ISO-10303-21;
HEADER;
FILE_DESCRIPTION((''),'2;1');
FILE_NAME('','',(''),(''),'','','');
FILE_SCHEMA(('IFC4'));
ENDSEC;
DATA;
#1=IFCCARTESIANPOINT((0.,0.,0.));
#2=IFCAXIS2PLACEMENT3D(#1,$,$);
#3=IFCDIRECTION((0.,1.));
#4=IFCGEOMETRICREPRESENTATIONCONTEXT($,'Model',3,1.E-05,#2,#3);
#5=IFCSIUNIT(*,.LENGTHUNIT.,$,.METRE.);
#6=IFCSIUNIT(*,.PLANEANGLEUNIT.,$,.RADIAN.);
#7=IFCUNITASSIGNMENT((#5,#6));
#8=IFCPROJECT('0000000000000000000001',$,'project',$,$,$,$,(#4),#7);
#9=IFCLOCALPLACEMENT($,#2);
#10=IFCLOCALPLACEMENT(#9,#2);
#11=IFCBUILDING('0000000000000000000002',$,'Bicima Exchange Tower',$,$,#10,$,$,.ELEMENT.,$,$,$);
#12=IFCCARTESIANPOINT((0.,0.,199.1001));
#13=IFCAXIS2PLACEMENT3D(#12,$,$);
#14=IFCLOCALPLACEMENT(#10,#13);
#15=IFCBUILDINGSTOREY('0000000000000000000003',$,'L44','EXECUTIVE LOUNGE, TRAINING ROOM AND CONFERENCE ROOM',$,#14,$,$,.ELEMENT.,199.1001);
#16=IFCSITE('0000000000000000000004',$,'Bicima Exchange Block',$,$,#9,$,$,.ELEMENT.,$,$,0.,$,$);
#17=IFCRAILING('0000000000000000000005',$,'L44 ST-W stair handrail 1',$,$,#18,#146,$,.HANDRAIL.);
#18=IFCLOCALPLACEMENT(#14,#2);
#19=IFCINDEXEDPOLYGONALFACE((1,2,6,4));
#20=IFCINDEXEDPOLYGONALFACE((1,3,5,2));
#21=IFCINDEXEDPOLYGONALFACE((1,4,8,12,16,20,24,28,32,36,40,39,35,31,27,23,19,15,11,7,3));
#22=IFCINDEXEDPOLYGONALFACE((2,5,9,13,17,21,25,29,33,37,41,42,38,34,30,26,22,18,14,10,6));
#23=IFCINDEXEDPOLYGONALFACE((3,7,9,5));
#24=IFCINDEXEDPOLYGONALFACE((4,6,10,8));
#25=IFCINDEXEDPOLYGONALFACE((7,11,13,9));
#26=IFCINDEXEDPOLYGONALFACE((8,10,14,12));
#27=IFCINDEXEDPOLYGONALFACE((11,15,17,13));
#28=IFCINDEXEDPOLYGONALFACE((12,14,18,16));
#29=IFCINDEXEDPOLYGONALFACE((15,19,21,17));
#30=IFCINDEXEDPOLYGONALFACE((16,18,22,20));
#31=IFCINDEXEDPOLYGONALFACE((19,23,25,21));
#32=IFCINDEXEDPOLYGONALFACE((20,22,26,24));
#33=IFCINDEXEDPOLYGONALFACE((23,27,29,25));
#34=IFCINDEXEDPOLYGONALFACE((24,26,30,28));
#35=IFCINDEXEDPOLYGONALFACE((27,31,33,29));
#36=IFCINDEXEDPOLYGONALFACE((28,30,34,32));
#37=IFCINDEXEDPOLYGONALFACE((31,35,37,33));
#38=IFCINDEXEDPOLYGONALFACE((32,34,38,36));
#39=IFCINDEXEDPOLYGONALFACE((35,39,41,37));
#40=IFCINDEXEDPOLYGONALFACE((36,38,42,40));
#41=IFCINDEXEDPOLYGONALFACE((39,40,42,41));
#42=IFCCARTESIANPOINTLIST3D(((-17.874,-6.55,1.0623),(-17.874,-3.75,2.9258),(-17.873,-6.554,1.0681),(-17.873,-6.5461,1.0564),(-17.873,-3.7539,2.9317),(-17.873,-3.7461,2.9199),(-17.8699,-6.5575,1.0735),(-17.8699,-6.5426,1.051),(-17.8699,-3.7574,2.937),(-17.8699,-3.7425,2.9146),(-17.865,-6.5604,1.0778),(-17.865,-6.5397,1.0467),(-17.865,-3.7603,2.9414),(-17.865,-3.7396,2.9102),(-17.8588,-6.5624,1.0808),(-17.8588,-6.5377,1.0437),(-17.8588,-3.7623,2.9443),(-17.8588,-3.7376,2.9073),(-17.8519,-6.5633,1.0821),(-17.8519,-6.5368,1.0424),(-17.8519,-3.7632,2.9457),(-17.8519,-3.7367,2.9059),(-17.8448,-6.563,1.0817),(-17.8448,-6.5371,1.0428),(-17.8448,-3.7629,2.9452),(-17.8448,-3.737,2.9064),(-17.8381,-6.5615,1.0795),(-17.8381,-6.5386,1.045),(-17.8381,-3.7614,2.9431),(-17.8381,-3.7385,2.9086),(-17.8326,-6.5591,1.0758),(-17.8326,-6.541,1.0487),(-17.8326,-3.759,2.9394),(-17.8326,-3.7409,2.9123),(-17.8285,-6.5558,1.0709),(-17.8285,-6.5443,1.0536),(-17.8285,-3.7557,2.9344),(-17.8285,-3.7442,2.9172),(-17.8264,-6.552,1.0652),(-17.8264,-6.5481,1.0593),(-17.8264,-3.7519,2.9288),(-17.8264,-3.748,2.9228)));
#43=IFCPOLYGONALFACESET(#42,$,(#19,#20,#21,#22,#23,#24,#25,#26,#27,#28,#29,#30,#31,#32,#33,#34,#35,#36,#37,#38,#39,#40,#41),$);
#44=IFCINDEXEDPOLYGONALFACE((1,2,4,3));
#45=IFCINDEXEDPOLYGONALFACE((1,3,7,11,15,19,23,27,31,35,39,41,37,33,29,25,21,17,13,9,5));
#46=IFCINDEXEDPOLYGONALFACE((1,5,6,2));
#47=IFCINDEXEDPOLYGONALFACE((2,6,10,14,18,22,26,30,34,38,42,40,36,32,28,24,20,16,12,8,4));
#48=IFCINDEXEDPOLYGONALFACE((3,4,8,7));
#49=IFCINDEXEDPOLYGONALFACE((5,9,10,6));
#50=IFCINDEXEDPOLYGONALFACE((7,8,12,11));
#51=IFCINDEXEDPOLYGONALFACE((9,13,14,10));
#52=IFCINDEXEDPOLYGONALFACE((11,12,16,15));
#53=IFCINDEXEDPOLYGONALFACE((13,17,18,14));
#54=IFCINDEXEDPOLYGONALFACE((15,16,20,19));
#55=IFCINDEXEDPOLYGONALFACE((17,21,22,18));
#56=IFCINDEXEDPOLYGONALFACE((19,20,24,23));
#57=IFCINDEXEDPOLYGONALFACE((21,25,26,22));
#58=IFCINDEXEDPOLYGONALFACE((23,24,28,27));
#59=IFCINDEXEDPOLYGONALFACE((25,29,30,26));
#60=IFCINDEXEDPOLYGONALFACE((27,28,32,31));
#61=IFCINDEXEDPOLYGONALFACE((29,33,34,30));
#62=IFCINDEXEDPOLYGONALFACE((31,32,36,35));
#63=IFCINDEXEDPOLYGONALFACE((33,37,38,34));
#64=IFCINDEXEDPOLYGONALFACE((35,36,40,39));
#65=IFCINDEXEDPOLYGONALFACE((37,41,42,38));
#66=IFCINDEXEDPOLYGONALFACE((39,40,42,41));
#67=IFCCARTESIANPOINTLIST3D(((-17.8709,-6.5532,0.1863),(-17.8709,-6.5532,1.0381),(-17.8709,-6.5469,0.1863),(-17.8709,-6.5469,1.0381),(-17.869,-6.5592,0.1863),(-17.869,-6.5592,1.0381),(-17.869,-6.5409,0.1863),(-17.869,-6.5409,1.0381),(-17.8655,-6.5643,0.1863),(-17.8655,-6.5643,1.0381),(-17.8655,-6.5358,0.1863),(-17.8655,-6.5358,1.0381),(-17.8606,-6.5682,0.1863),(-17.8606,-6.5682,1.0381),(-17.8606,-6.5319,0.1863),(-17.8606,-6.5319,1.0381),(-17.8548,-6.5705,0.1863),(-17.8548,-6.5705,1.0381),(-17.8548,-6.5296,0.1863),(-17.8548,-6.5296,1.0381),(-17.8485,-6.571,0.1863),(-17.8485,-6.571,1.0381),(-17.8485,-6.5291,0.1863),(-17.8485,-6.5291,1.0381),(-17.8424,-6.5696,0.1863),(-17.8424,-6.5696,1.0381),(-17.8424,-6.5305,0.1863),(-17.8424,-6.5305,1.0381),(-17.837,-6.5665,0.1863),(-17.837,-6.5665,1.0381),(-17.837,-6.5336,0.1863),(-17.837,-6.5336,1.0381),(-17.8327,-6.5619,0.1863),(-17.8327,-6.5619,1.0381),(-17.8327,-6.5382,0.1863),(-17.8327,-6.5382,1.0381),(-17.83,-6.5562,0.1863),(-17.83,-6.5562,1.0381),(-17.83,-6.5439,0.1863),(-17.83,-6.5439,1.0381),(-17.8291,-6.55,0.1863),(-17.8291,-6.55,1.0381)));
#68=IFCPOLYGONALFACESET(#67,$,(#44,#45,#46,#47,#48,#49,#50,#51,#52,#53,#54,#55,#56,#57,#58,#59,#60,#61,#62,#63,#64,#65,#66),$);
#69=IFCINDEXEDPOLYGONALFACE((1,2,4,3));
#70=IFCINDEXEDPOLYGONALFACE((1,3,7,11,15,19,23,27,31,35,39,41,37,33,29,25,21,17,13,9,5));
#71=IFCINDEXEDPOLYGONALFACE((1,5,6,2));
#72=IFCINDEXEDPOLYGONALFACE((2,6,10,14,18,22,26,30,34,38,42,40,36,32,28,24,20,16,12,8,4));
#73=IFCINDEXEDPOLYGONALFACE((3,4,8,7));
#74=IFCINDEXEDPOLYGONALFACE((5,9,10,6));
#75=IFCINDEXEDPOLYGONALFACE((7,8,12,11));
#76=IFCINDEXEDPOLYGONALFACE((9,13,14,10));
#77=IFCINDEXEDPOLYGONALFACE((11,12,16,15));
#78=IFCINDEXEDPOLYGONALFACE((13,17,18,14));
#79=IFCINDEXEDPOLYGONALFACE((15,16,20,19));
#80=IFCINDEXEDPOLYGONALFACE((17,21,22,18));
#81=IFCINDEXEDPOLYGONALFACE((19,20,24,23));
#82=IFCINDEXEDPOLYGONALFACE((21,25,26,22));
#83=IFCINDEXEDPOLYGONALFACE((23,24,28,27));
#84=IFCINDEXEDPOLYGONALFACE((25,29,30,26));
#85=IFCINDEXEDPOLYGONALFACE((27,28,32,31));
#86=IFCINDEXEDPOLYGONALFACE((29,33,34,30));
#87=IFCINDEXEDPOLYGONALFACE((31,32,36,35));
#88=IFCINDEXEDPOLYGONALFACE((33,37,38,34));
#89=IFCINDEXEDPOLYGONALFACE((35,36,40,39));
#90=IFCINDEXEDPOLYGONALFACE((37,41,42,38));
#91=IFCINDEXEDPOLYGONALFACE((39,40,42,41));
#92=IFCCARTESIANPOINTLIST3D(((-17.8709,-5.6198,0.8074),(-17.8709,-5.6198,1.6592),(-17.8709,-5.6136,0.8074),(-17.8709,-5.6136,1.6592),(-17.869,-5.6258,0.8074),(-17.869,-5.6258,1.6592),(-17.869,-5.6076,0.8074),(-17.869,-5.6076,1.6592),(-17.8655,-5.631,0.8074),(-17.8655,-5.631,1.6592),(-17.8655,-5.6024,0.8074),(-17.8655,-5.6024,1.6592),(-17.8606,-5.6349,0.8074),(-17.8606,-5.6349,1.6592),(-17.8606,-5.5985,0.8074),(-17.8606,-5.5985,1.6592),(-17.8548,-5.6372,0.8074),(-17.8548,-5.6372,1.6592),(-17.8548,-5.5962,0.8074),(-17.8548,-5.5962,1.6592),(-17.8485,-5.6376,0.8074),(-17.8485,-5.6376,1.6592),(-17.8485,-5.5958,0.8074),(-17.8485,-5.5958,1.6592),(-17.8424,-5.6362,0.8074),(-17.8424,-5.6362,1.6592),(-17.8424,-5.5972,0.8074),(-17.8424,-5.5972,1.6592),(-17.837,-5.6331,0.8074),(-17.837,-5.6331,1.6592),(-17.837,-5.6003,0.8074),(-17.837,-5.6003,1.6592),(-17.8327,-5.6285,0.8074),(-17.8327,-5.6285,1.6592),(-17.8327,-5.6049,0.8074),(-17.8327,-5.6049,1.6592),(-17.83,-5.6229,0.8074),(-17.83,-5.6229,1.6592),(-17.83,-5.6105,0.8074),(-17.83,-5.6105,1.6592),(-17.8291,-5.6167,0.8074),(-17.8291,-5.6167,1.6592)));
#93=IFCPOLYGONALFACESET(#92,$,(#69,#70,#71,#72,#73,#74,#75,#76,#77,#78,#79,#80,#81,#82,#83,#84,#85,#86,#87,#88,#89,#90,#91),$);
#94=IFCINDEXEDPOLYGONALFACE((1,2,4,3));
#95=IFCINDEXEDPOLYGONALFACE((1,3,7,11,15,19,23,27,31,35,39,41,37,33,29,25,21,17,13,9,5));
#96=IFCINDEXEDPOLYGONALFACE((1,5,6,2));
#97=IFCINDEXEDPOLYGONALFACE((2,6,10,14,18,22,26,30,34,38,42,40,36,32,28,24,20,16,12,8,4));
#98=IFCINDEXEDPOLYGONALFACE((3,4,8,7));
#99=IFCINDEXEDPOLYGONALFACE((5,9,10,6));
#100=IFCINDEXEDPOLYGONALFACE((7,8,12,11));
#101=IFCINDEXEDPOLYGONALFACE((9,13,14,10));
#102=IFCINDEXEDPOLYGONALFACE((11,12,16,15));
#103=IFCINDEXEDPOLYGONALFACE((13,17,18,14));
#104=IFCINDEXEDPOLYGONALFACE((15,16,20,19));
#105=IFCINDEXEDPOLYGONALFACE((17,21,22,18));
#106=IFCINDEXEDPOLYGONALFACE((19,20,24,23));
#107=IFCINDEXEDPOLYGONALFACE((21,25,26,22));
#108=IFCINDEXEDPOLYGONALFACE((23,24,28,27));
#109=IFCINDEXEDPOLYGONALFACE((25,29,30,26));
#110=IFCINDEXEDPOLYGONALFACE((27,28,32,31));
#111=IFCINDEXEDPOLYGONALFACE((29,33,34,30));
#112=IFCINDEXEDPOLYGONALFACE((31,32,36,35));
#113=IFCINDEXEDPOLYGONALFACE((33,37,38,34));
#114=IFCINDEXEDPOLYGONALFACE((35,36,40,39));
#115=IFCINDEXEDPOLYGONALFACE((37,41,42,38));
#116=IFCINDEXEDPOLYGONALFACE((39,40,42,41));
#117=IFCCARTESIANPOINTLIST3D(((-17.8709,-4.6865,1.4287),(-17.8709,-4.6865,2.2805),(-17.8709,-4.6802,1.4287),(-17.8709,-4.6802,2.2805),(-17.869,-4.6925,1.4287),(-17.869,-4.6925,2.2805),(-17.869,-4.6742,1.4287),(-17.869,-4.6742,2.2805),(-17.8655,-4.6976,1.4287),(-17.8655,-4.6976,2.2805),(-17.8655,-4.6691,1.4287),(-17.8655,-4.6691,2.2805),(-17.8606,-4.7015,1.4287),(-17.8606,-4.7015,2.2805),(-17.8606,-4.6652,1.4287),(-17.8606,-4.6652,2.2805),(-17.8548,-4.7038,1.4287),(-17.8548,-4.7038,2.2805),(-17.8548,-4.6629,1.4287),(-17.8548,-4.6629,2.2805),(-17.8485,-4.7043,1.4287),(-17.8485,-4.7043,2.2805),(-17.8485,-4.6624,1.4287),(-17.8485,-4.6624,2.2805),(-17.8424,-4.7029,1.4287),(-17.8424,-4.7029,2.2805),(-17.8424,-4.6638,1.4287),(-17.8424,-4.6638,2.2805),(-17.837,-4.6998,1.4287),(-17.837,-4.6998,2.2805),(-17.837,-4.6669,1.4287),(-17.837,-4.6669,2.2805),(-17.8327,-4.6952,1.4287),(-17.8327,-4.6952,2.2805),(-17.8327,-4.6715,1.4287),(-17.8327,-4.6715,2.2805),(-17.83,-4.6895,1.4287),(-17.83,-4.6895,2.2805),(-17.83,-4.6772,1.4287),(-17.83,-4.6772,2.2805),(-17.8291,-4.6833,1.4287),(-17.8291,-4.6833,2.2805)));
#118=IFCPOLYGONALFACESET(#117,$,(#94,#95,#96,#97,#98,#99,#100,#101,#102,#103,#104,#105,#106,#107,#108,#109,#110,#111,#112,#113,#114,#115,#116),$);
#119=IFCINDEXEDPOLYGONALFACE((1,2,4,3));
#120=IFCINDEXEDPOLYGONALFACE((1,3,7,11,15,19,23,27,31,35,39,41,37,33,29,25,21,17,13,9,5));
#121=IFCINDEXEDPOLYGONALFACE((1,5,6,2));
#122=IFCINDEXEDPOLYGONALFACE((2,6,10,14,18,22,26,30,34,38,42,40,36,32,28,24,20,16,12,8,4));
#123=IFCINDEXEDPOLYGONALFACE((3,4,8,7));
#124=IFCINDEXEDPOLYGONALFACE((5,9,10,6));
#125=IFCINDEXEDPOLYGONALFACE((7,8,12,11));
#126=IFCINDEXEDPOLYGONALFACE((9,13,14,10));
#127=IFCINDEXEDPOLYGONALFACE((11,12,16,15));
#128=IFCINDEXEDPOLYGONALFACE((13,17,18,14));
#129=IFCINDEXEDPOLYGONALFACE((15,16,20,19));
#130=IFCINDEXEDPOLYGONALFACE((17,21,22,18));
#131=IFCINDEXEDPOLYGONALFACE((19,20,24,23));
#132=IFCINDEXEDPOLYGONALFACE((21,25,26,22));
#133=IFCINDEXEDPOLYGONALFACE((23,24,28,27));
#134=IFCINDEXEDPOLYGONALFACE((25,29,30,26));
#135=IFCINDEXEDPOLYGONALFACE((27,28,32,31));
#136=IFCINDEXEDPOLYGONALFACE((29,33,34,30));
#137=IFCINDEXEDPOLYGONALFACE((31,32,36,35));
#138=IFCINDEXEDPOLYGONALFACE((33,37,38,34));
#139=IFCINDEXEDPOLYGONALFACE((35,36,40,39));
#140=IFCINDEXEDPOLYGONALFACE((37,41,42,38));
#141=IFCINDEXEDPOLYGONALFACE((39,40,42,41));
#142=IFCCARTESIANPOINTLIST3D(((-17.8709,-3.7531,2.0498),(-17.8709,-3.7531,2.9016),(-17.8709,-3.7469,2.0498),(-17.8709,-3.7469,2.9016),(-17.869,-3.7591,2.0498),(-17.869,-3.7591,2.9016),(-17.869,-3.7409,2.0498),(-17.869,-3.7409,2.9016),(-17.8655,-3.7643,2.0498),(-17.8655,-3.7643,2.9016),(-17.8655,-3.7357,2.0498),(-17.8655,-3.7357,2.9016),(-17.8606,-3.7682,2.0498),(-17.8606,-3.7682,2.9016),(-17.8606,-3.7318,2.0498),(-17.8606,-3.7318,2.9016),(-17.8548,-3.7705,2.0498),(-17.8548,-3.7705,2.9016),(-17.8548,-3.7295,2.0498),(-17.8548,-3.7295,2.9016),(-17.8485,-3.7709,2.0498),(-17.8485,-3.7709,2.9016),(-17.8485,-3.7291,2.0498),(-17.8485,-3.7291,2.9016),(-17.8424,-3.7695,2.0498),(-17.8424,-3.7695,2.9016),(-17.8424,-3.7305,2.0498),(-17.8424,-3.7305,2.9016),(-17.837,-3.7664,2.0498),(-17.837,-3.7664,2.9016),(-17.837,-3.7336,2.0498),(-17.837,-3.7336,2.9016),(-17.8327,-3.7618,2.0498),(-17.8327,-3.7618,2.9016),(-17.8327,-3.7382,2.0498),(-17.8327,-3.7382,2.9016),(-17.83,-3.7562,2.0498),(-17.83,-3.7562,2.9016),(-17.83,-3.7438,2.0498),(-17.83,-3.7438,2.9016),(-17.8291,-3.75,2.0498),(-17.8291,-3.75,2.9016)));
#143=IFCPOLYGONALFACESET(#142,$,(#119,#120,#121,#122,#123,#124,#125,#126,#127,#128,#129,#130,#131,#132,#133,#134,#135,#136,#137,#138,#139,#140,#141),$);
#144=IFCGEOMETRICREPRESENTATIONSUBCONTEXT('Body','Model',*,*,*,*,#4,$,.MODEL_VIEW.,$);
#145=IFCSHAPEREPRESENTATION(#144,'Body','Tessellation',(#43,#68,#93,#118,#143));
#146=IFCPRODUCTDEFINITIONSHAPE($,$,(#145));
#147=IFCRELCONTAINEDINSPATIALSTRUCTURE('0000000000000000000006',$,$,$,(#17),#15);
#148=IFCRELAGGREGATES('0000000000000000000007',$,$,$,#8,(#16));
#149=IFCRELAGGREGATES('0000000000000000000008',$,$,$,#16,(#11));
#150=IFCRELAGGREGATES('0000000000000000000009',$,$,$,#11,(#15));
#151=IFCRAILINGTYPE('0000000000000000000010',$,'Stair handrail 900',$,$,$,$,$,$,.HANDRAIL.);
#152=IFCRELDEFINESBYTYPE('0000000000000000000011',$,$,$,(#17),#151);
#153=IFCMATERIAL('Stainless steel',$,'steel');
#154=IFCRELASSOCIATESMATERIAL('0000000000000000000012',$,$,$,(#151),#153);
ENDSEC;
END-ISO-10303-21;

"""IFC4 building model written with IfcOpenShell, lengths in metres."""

from ifc_helpers import new_model, si_unit, direction, frame, origin, origin_2d, place, context, subcontext, project, spatial, circle, extrude, material, type_object, element, save


model = new_model("IFC4")

# Units and contexts
model_context = context("Model", 3, precision=1e-05, world=origin(), true_north=direction((0.0, 1.0)))
body_context = subcontext(model_context, "Body", "Model", "MODEL_VIEW")
ifc_project = project(units=[si_unit("LENGTHUNIT", "METRE"), si_unit("PLANEANGLEUNIT", "RADIAN")], contexts=[model_context])

# Site, building, storey
site_placement = place(None, origin())
site = spatial("IfcSite", under=ifc_project, at=site_placement, Name="Bicima Exchange Block", CompositionType="ELEMENT", RefElevation=0.0)
building_placement = place(site_placement, origin())
building = spatial("IfcBuilding", under=site, at=building_placement, Name="Bicima Exchange Tower", CompositionType="ELEMENT")
storey_placement = place(building_placement, frame((0.0, 0.0, 199.1001)))
storey = spatial("IfcBuildingStorey", under=building, at=storey_placement, Name="L44", Description="EXECUTIVE LOUNGE, TRAINING ROOM AND CONFERENCE ROOM", CompositionType="ELEMENT", Elevation=199.1001)

# Shared definitions
ifc_material_1 = material(Name="Stainless steel", Category="steel")

# Railing
railing_type_1 = type_object("IfcRailingType", Name="Stair handrail 900", PredefinedType="HANDRAIL", material=ifc_material_1)
railing_1_placement = place(storey_placement, frame((-17.8501, -6.55, 0.1863)))
element("IfcRailing", 1, at=railing_1_placement, inside=storey, type_object=railing_type_1, Name="L44 ST-W stair handrail 1", PredefinedType="HANDRAIL", context=body_context, shape_type="SweptSolid", body=[
    extrude(circle(Radius=0.0239, at=origin_2d()), frame((0.0, 0.0, 0.876), z_axis=(0.0, 0.832486, 0.554047), x_axis=(-1.0, 0.0, 0.0)), (0.0, 0.0, 1.0), 3.3635),
    extrude(circle(Radius=0.021, at=origin_2d()), origin(), (0.0, 0.0, 1.0), 0.8518),
    extrude(circle(Radius=0.021, at=origin_2d()), frame((0.0, 0.9333, 0.6211)), (0.0, 0.0, 1.0), 0.8518),
    extrude(circle(Radius=0.021, at=origin_2d()), frame((0.0, 1.8667, 1.2424)), (0.0, 0.0, 1.0), 0.8518),
    extrude(circle(Radius=0.021, at=origin_2d()), frame((0.0, 2.8, 1.8635)), (0.0, 0.0, 1.0), 0.8518),
])

save(model, "model.ifc")
